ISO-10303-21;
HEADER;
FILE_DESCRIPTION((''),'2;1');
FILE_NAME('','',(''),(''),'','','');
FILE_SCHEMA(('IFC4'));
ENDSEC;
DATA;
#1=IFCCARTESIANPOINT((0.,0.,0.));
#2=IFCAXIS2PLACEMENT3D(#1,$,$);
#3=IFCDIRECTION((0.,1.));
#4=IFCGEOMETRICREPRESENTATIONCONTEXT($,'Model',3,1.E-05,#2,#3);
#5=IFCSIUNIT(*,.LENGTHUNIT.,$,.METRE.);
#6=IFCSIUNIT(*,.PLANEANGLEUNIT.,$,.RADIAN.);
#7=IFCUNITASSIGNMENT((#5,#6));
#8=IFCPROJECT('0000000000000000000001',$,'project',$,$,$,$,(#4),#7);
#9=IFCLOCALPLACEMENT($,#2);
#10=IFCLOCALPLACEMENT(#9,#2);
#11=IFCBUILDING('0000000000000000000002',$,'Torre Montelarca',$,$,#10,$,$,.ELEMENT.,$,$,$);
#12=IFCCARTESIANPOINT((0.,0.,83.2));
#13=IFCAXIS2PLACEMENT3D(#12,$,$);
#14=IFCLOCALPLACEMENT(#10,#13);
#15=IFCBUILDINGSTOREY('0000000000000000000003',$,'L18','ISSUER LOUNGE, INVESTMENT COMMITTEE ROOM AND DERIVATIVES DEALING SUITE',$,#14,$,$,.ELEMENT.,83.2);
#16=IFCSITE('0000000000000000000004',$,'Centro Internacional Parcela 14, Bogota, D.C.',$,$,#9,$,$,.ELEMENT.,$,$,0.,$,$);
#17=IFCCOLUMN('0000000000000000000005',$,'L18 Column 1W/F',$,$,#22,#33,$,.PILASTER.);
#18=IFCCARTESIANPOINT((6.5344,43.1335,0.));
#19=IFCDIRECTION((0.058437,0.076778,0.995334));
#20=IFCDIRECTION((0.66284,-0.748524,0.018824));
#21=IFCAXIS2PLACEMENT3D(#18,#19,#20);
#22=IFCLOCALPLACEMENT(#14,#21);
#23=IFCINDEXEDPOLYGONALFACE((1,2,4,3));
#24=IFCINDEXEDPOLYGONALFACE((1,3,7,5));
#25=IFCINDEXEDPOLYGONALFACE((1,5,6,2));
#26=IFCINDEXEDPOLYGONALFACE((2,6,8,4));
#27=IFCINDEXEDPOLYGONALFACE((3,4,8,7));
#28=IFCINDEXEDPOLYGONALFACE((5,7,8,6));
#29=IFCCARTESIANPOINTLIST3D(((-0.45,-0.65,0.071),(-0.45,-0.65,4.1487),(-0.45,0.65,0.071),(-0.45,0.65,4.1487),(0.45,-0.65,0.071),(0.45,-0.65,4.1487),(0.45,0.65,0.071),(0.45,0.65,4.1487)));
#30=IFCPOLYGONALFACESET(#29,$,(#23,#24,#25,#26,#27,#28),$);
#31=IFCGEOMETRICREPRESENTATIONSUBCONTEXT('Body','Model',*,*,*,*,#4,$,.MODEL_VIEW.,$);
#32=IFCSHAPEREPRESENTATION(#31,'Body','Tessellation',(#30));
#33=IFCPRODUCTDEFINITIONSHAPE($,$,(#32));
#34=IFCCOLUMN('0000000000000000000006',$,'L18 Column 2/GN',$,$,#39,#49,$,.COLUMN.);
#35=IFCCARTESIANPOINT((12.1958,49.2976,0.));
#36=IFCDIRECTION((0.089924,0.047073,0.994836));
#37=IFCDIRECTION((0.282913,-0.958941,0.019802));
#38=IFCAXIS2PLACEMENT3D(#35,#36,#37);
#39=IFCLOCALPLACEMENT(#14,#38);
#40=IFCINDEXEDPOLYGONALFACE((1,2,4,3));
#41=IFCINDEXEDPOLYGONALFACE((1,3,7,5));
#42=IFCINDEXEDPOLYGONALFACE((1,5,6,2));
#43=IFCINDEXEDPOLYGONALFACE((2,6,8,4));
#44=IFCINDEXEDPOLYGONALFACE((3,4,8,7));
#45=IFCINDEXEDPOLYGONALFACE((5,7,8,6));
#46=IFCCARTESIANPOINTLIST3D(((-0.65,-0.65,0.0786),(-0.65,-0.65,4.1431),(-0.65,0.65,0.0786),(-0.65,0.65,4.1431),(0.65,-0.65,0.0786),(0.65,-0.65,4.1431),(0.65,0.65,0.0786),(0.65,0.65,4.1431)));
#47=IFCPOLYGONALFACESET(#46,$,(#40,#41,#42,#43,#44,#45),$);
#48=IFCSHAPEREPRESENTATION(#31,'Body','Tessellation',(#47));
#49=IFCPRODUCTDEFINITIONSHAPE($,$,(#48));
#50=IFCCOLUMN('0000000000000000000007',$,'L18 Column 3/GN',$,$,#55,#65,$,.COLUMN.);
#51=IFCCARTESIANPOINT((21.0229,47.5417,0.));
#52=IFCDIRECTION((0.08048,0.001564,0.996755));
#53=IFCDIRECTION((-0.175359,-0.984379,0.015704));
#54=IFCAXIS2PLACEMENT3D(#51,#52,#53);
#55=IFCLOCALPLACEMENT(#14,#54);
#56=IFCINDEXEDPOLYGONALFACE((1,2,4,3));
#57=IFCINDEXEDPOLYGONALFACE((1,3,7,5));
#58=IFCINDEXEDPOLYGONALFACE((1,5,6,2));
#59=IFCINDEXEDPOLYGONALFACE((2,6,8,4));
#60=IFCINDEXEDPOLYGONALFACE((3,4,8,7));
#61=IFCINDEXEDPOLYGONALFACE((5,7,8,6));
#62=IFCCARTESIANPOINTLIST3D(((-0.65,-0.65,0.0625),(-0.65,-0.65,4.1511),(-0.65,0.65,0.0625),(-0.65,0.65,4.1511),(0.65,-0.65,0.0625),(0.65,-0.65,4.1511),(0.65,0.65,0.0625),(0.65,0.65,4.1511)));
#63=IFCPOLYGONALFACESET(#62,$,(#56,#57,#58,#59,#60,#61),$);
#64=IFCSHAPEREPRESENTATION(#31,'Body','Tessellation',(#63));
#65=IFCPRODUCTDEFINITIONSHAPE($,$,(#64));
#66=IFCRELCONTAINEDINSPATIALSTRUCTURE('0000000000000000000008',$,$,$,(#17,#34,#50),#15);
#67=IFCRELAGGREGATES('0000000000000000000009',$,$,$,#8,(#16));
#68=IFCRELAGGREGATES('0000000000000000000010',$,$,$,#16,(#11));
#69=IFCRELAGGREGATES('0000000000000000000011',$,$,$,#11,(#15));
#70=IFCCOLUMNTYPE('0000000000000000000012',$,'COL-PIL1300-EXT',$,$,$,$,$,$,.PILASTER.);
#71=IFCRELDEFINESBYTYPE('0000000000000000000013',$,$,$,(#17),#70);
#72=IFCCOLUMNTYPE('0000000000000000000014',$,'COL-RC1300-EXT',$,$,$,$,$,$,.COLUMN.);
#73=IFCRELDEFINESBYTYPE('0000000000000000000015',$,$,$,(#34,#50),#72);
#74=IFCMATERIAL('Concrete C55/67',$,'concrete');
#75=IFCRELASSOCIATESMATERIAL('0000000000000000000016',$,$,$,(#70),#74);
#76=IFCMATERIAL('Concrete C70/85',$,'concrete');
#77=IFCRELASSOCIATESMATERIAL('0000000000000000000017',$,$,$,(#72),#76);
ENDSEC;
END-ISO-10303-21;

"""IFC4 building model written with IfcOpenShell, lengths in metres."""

from ifc_helpers import new_model, si_unit, direction, frame, origin, origin_2d, place, context, subcontext, project, spatial, rectangle, extrude, clip, halfspace, material, material_profile, profile_set, type_object, element, save


model = new_model("IFC4")

# Units and contexts
model_context = context("Model", 3, precision=1e-05, world=origin(), true_north=direction((0.0, 1.0)))
body_context = subcontext(model_context, "Body", "Model", "MODEL_VIEW")
ifc_project = project(units=[si_unit("LENGTHUNIT", "METRE"), si_unit("PLANEANGLEUNIT", "RADIAN")], contexts=[model_context])

# Site, building, storey
site_placement = place(None, origin())
site = spatial("IfcSite", under=ifc_project, at=site_placement, Name="Centro Internacional Parcela 14, Bogota, D.C.", CompositionType="ELEMENT", RefElevation=0.0)
building_placement = place(site_placement, origin())
building = spatial("IfcBuilding", under=site, at=building_placement, Name="Torre Montelarca", CompositionType="ELEMENT")
storey_placement = place(building_placement, frame((0.0, 0.0, 83.2)))
storey = spatial("IfcBuildingStorey", under=building, at=storey_placement, Name="L18", Description="ISSUER LOUNGE, INVESTMENT COMMITTEE ROOM AND DERIVATIVES DEALING SUITE", CompositionType="ELEMENT", Elevation=83.2)

# Columns
ifc_material_1 = material(Name="Concrete C55/67", Category="concrete")
ifc_material_profile_1 = material_profile(ifc_material_1, rectangle(XDim=0.8999, YDim=1.3, at=origin_2d()), Name="RC1300X900", Category="concrete")
ifc_profile_set_1 = profile_set([ifc_material_profile_1], Name="Concrete C55/67")
column_type_1 = type_object("IfcColumnType", Name="COL-PIL1300-EXT", PredefinedType="PILASTER", material=ifc_profile_set_1)
column_1_placement = place(storey_placement, frame((6.5344, 43.1335, 0.0), z_axis=(0.058437, 0.076778, 0.995334), x_axis=(0.66284, -0.748524, 0.018824)))
element("IfcColumn", 1, at=column_1_placement, inside=storey, type_object=column_type_1, Name="L18 Column 1W/F", PredefinedType="PILASTER", context=body_context, shape_type="Clipping", body=[
    clip(clip(extrude(rectangle(XDim=0.8999, YDim=1.3, at=origin_2d()), origin(), (0.0, 0.0, 1.0), 4.2197), halfspace(frame((0.0, 0.0, 0.071), z_axis=(0.0, 0.0, -1.0), x_axis=(1.0, 0.0, 0.0)), False)), halfspace(frame((0.0, 0.0, 4.1487), z_axis=(0.0, 0.0, 1.0), x_axis=(1.0, 0.0, 0.0)), False)),
])
ifc_material_2 = material(Name="Concrete C70/85", Category="concrete")
ifc_material_profile_2 = material_profile(ifc_material_2, rectangle(XDim=1.3, YDim=1.3, at=origin_2d()), Name="RC1300X1300", Category="concrete")
ifc_profile_set_2 = profile_set([ifc_material_profile_2], Name="Concrete C70/85")
column_type_2 = type_object("IfcColumnType", Name="COL-RC1300-EXT", PredefinedType="COLUMN", material=ifc_profile_set_2)
column_2_placement = place(storey_placement, frame((12.1958, 49.2976, 0.0), z_axis=(0.089924, 0.047073, 0.994836), x_axis=(0.282913, -0.958941, 0.019802)))
element("IfcColumn", 2, at=column_2_placement, inside=storey, type_object=column_type_2, Name="L18 Column 2/GN", PredefinedType="COLUMN", context=body_context, shape_type="Clipping", body=[
    clip(clip(extrude(rectangle(XDim=1.3, YDim=1.3, at=origin_2d()), origin(), (0.0, 0.0, 1.0), 4.2217), halfspace(frame((0.0, 0.0, 0.0786), z_axis=(0.0, 0.0, -1.0), x_axis=(1.0, 0.0, 0.0)), False)), halfspace(frame((0.0, 0.0, 4.1431), z_axis=(0.0, 0.0, 1.0), x_axis=(1.0, 0.0, 0.0)), False)),
])
column_3_placement = place(storey_placement, frame((21.0229, 47.5417, 0.0), z_axis=(0.08048, 0.001564, 0.996755), x_axis=(-0.175359, -0.984379, 0.015704)))
element("IfcColumn", 3, at=column_3_placement, inside=storey, type_object=column_type_2, Name="L18 Column 3/GN", PredefinedType="COLUMN", context=body_context, shape_type="Clipping", body=[
    clip(clip(extrude(rectangle(XDim=1.3, YDim=1.3, at=origin_2d()), origin(), (0.0, 0.0, 1.0), 4.2136), halfspace(frame((0.0, 0.0, 0.0625), z_axis=(0.0, 0.0, -1.0), x_axis=(1.0, 0.0, 0.0)), False)), halfspace(frame((0.0, 0.0, 4.1511), z_axis=(0.0, 0.0, 1.0), x_axis=(1.0, 0.0, 0.0)), False)),
])

save(model, "model.ifc")
